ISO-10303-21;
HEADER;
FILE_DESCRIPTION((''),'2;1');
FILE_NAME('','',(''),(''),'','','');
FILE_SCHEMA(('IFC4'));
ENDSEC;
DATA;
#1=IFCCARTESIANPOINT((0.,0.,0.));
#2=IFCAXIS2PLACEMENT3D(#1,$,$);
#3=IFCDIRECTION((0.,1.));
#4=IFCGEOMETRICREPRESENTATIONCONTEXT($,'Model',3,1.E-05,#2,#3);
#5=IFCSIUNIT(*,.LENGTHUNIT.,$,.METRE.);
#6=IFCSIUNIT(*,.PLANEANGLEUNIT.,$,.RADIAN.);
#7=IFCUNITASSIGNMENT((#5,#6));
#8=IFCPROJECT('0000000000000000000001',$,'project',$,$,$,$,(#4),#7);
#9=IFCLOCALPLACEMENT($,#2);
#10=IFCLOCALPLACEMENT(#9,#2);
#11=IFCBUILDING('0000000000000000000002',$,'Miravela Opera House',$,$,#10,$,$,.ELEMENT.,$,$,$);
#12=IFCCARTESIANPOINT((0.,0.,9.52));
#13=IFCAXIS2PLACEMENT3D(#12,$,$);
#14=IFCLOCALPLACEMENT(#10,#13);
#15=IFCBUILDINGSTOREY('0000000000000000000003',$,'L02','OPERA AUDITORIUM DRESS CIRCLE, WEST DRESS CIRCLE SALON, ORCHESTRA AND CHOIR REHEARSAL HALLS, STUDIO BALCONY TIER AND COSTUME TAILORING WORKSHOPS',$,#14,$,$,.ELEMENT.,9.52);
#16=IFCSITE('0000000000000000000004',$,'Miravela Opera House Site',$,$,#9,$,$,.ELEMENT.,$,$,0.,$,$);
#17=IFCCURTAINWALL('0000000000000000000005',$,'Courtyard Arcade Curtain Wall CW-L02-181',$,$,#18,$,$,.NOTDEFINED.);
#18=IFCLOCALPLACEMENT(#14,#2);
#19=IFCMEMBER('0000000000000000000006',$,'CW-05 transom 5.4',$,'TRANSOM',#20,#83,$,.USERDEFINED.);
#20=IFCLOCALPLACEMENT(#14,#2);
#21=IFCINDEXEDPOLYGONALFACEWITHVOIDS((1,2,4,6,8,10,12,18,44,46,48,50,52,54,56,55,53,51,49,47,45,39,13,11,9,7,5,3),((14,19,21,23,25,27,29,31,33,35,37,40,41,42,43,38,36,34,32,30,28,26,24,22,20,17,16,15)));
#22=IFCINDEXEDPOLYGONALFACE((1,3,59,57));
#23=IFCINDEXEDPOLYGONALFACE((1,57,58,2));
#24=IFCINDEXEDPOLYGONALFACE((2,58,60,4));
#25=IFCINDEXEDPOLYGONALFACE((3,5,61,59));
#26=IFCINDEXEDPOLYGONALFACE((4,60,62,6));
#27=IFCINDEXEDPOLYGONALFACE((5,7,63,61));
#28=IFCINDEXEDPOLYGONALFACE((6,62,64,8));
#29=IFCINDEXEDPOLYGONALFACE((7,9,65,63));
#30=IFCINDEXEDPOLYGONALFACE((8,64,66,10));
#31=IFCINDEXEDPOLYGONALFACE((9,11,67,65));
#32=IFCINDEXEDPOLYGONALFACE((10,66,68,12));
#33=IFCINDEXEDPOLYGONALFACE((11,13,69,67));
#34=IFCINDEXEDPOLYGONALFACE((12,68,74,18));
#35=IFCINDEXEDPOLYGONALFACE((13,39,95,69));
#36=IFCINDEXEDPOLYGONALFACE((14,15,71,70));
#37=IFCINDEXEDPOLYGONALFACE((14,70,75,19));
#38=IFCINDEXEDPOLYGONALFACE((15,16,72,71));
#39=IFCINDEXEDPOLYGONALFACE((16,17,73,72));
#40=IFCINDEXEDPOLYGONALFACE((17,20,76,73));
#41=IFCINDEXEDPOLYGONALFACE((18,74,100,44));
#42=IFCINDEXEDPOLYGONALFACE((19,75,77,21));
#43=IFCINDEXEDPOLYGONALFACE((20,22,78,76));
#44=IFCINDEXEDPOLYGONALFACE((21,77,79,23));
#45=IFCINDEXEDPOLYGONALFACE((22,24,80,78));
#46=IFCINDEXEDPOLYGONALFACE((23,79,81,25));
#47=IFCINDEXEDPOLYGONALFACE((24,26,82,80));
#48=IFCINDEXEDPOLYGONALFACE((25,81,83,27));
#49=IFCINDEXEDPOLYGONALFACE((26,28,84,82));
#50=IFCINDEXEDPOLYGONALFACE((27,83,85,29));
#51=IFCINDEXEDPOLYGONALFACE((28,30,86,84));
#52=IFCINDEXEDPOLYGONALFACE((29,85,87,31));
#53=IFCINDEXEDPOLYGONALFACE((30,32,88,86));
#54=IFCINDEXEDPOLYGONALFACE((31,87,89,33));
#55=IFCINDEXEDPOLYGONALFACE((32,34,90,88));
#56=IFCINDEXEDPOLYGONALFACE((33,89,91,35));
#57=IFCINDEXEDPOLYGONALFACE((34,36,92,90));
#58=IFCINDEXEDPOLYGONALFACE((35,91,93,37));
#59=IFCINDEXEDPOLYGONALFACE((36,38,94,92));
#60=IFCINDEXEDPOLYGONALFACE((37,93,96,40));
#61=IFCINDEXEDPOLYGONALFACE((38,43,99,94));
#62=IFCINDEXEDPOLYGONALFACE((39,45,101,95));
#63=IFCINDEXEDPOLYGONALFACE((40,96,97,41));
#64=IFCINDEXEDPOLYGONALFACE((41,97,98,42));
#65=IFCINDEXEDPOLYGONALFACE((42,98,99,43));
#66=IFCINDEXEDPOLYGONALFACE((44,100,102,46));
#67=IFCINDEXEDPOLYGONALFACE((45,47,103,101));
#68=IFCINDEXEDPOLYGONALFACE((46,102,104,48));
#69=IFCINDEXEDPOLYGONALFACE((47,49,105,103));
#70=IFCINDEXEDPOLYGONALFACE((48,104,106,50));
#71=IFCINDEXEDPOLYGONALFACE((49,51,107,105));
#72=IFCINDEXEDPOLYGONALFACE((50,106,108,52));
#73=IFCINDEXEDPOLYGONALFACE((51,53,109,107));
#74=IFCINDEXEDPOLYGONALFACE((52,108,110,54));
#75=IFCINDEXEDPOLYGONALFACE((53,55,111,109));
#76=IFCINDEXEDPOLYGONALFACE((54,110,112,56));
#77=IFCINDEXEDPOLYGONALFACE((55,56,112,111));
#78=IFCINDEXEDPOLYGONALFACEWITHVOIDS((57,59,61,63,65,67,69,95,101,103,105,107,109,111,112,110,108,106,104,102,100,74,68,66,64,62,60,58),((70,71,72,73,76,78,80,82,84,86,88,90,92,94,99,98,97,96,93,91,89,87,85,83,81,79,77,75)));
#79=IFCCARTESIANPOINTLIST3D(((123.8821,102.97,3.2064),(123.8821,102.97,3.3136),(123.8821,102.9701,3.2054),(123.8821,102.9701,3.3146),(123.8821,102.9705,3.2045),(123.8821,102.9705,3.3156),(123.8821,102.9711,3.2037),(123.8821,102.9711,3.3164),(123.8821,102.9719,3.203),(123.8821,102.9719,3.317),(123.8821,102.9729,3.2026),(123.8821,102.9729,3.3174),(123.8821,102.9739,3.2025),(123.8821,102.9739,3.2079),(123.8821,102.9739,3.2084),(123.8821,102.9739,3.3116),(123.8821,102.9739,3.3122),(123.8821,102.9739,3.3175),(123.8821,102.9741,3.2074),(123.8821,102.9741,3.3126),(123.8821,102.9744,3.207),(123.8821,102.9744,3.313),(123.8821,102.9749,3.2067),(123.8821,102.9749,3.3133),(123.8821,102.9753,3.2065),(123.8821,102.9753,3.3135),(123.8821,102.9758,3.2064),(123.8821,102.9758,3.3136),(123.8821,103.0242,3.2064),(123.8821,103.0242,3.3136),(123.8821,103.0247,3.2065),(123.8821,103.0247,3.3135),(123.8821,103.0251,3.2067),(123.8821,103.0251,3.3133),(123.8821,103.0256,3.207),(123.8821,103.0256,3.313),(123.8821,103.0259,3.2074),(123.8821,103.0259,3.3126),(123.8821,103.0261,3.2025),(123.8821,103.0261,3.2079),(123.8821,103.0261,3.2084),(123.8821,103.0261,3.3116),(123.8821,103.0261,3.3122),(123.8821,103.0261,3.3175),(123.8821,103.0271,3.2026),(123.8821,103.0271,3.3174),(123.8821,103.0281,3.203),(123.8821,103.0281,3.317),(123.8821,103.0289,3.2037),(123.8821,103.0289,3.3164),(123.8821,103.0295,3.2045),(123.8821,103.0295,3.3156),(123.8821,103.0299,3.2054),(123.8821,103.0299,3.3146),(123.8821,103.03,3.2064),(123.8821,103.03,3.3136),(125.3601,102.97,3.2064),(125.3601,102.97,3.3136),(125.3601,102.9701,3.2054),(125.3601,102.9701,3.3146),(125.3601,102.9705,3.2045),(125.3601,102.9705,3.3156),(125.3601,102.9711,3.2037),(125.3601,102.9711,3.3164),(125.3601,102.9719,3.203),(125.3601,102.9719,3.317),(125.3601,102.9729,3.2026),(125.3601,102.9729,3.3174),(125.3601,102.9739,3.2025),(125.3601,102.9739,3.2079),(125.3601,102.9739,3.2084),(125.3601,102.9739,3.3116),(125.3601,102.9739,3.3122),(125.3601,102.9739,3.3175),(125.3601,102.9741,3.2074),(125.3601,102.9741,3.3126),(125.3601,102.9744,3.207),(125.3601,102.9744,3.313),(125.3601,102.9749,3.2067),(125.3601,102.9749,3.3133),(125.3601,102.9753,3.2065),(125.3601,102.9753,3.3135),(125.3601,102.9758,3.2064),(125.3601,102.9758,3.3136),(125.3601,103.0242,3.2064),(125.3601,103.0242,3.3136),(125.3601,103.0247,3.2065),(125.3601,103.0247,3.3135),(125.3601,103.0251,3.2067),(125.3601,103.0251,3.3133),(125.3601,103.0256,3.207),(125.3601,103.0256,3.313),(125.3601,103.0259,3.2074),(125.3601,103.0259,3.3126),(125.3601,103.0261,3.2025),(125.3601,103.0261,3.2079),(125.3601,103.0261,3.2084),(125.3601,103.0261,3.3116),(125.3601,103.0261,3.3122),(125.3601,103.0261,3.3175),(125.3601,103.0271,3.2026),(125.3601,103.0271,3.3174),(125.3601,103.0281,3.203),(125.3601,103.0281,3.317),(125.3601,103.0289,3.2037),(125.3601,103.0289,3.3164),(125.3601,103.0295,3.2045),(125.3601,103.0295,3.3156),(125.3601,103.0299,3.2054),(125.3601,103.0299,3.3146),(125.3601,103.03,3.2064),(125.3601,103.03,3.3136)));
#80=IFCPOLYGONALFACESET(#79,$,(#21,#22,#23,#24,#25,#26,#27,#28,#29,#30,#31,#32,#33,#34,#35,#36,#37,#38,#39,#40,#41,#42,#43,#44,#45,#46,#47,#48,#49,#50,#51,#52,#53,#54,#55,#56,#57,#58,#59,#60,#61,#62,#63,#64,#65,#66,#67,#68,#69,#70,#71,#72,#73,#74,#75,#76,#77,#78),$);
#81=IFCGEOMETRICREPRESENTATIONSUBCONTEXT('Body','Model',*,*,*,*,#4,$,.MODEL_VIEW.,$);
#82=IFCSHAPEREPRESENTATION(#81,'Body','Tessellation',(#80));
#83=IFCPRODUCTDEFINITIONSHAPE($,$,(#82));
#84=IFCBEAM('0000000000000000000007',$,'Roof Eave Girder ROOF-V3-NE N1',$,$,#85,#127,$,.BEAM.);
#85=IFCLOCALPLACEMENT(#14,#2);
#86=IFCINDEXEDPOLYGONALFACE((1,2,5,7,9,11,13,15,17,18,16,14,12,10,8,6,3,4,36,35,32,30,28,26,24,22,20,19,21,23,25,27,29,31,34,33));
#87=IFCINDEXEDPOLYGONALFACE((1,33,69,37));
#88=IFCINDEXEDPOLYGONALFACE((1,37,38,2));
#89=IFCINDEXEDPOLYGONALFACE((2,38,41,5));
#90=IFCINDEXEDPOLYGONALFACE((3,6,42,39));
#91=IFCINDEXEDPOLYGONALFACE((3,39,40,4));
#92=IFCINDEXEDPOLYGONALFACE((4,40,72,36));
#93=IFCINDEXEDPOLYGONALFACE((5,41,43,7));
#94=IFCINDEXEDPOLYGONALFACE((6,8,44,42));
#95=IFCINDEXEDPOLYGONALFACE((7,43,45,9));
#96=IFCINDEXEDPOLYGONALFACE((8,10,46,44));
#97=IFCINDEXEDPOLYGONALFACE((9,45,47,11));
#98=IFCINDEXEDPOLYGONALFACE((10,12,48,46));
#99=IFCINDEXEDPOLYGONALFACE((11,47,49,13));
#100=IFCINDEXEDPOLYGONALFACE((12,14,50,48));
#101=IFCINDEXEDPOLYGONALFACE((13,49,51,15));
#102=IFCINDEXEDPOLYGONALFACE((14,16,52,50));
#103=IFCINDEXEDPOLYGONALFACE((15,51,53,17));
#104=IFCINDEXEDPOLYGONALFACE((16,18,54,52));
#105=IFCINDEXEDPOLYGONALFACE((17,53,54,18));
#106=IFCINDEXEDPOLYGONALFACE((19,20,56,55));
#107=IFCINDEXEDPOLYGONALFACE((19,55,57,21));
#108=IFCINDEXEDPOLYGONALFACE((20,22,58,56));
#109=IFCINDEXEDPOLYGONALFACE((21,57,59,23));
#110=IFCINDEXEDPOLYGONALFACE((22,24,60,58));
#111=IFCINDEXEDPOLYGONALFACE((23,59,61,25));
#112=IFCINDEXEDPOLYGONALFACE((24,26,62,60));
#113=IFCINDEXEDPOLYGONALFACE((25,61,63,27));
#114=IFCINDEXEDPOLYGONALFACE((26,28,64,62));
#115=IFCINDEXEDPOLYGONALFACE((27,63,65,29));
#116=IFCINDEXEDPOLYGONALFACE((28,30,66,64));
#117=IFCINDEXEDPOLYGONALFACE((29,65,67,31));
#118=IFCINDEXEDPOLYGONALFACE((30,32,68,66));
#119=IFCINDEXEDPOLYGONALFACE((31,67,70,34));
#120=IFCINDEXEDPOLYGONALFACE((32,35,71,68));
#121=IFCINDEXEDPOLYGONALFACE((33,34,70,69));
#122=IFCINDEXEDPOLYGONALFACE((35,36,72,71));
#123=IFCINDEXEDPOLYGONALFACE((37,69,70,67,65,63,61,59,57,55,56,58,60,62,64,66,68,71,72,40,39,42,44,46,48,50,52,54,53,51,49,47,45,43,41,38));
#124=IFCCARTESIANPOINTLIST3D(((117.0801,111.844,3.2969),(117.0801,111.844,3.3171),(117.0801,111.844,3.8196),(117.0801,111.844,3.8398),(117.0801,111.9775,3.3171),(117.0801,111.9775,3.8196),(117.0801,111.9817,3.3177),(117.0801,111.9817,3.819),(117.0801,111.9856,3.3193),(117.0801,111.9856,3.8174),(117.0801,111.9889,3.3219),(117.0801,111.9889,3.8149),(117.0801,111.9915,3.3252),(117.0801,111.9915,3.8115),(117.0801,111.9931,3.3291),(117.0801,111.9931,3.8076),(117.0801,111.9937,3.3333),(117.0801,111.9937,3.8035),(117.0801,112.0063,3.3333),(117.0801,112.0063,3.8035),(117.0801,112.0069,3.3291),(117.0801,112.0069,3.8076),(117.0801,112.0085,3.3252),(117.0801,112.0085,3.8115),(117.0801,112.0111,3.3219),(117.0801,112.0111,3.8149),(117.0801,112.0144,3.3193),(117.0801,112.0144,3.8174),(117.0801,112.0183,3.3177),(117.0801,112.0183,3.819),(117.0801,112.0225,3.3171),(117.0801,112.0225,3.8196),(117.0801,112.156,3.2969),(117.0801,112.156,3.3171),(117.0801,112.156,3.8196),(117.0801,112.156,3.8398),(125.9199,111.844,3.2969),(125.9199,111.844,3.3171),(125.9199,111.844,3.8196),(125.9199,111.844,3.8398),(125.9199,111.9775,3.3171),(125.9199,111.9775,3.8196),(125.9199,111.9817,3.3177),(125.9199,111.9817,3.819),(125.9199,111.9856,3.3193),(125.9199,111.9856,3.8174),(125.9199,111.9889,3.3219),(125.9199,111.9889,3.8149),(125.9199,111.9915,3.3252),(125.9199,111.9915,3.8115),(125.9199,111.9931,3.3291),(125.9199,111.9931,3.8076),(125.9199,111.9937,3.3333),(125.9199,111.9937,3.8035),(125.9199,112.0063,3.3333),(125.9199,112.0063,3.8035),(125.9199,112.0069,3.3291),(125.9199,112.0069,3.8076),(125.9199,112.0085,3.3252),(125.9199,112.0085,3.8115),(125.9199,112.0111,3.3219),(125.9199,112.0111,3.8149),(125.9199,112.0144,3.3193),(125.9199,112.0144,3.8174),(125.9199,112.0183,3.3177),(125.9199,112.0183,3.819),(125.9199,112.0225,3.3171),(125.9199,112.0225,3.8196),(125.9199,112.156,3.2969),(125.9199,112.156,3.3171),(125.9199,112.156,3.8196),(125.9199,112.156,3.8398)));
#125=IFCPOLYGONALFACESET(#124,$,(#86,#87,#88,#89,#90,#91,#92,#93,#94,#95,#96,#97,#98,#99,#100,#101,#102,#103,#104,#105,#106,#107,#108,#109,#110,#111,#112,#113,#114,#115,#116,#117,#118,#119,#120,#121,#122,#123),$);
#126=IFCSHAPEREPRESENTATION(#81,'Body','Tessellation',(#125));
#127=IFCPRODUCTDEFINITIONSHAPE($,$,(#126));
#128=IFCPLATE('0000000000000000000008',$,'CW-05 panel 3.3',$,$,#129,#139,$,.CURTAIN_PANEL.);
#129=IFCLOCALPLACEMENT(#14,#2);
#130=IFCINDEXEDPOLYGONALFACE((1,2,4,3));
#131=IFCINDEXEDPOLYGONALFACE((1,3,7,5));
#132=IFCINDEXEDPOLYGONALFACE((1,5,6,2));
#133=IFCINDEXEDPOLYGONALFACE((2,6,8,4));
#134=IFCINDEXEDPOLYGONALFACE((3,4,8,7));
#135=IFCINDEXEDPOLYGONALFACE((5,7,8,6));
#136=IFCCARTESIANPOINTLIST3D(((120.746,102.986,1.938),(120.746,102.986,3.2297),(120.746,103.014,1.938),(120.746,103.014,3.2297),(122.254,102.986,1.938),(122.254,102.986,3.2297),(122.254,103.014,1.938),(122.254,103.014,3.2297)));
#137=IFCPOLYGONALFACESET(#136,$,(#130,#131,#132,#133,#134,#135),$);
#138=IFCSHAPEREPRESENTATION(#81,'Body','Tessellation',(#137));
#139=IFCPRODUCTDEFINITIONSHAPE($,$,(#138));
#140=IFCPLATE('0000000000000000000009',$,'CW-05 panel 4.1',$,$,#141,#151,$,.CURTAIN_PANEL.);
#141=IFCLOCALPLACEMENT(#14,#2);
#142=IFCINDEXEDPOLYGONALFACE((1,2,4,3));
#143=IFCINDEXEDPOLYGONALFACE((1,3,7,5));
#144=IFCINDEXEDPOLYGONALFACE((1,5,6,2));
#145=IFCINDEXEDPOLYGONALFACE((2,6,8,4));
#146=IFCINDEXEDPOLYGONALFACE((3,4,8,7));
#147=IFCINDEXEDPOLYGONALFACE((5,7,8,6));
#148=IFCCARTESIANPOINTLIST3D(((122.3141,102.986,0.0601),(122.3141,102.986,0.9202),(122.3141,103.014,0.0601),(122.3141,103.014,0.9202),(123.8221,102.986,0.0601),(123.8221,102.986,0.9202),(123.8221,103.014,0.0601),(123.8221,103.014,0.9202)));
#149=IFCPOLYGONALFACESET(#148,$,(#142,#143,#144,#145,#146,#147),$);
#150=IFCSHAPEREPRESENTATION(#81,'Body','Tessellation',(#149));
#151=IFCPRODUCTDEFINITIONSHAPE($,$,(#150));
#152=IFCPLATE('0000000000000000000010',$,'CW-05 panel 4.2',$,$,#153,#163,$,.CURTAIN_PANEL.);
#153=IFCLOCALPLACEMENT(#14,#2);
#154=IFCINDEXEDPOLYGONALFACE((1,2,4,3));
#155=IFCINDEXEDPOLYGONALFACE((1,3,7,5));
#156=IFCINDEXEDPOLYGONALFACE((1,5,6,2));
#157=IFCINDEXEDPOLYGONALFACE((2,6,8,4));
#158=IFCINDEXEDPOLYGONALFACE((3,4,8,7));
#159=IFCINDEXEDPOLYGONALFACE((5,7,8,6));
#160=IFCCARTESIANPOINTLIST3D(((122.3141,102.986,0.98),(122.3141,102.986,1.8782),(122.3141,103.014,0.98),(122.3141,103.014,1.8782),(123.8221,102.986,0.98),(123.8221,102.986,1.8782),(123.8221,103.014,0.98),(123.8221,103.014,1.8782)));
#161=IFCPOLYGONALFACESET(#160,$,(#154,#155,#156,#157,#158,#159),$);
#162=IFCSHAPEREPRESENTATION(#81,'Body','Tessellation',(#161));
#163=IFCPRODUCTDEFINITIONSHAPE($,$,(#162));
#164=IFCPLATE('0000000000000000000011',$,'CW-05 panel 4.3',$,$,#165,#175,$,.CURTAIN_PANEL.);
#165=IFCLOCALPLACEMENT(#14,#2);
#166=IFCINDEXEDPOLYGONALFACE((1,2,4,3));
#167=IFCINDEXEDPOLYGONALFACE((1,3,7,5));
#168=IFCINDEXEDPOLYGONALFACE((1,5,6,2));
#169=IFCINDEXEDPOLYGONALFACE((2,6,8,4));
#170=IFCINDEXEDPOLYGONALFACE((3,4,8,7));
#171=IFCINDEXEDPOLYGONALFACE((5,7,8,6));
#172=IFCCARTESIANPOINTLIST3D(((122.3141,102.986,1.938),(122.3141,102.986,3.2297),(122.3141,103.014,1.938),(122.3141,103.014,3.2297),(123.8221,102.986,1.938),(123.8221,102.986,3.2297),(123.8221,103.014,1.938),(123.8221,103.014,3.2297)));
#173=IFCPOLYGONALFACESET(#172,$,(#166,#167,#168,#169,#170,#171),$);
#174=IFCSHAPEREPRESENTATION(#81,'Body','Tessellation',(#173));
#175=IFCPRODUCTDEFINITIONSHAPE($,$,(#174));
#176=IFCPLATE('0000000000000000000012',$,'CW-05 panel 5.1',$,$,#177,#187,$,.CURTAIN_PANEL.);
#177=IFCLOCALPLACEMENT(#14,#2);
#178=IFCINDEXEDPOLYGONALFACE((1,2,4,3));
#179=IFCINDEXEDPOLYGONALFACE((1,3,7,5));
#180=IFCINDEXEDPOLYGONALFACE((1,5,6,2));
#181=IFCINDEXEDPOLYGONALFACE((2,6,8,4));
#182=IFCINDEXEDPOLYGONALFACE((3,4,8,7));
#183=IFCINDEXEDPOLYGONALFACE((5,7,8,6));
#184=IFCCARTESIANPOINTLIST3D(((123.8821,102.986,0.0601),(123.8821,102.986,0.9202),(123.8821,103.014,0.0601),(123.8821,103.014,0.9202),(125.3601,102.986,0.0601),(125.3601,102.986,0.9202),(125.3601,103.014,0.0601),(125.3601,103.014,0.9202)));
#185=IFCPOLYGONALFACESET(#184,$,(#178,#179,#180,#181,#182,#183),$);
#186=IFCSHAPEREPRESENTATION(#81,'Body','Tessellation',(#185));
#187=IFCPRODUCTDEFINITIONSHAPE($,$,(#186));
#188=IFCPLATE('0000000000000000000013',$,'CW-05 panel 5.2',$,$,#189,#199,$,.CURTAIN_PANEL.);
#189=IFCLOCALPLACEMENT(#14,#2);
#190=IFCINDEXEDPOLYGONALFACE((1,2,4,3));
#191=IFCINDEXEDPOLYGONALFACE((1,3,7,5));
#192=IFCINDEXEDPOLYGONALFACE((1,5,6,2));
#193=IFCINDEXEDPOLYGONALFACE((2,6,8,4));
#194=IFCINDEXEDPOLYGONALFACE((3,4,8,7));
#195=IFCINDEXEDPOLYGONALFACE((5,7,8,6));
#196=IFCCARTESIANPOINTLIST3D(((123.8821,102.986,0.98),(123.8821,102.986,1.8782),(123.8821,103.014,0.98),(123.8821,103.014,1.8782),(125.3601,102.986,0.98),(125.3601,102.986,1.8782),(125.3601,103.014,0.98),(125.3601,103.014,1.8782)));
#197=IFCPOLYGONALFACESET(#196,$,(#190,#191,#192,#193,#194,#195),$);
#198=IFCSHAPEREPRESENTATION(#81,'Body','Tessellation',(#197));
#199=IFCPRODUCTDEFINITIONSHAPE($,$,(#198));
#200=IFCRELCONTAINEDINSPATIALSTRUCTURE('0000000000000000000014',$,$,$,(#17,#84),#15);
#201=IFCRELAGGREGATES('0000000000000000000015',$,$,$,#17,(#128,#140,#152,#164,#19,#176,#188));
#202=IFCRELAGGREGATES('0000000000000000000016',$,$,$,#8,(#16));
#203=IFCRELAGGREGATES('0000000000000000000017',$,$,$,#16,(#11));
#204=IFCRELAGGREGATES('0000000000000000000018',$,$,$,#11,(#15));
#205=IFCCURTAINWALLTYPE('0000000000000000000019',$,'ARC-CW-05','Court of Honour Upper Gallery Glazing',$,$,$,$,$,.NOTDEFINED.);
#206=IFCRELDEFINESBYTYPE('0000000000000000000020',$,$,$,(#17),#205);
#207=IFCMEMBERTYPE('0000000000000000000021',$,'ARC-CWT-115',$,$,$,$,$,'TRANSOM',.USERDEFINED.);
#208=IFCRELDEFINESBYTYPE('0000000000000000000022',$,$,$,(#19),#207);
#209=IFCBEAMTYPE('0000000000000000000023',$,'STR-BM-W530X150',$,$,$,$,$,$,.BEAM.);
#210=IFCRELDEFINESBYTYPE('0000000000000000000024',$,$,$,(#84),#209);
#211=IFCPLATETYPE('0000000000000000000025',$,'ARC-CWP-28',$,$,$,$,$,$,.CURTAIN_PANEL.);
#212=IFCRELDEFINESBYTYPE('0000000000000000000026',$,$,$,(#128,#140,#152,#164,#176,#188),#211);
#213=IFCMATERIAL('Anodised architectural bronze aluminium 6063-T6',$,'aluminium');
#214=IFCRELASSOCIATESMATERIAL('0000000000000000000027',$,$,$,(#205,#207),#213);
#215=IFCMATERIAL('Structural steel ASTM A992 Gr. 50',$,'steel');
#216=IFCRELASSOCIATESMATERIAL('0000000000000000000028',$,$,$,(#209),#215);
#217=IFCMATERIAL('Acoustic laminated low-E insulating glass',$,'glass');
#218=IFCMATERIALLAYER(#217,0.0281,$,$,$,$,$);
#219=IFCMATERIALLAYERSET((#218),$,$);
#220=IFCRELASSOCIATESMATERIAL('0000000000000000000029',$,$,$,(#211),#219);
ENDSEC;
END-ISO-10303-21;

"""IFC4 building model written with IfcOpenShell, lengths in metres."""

from ifc_helpers import new_model, si_unit, direction, frame, origin, origin_2d, place, context, subcontext, project, spatial, rectangle, hollow_rectangle, i_section, extrude, material, layer, layer_set, material_profile, profile_set, type_object, element, aggregate, save


model = new_model("IFC4")

# Units and contexts
model_context = context("Model", 3, precision=1e-05, world=origin(), true_north=direction((0.0, 1.0)))
body_context = subcontext(model_context, "Body", "Model", "MODEL_VIEW")
ifc_project = project(units=[si_unit("LENGTHUNIT", "METRE"), si_unit("PLANEANGLEUNIT", "RADIAN")], contexts=[model_context])

# Site, building, storey
site_placement = place(None, origin())
site = spatial("IfcSite", under=ifc_project, at=site_placement, Name="Miravela Opera House Site", CompositionType="ELEMENT", RefElevation=0.0)
building_placement = place(site_placement, origin())
building = spatial("IfcBuilding", under=site, at=building_placement, Name="Miravela Opera House", CompositionType="ELEMENT")
storey_placement = place(building_placement, frame((0.0, 0.0, 9.52)))
storey = spatial("IfcBuildingStorey", under=building, at=storey_placement, Name="L02", Description="OPERA AUDITORIUM DRESS CIRCLE, WEST DRESS CIRCLE SALON, ORCHESTRA AND CHOIR REHEARSAL HALLS, STUDIO BALCONY TIER AND COSTUME TAILORING WORKSHOPS", CompositionType="ELEMENT", Elevation=9.52)

# Curtain wall, member
ifc_material_1 = material(Name="Anodised architectural bronze aluminium 6063-T6", Category="aluminium")
curtain_wall_type = type_object("IfcCurtainWallType", Name="ARC-CW-05", Description="Court of Honour Upper Gallery Glazing", PredefinedType="NOTDEFINED", material=ifc_material_1)
curtain_wall_placement = place(storey_placement, origin())
curtain_wall = element("IfcCurtainWall", 1, at=curtain_wall_placement, inside=storey, type_object=curtain_wall_type, Name="Courtyard Arcade Curtain Wall CW-L02-181", PredefinedType="NOTDEFINED")
ifc_material_profile_1 = material_profile(ifc_material_1, hollow_rectangle(XDim=0.0601, YDim=0.115, WallThickness=0.0039, InnerFilletRadius=0.002, OuterFilletRadius=0.0039, at=origin_2d()), Name="CWT-60X115")
ifc_profile_set_1 = profile_set([ifc_material_profile_1])
member_type_1 = type_object("IfcMemberType", Name="ARC-CWT-115", ElementType="TRANSOM", PredefinedType="USERDEFINED", material=ifc_profile_set_1)
member_1_placement = place(storey_placement, frame((123.8821, 103.0, 3.26), z_axis=(1.0, 0.0, 0.0), x_axis=(0.0, 1.0, 0.0)))
member_1 = element("IfcMember", 2, at=member_1_placement, type_object=member_type_1, Name="CW-05 transom 5.4", ObjectType="TRANSOM", PredefinedType="USERDEFINED", context=body_context, shape_type="SweptSolid", body=[
    extrude(hollow_rectangle(XDim=0.0601, YDim=0.115, WallThickness=0.0039, InnerFilletRadius=0.002, OuterFilletRadius=0.0039, at=origin_2d()), origin(), (0.0, 0.0, 1.0), 1.478),
])

# Beam
ifc_material_2 = material(Name="Structural steel ASTM A992 Gr. 50", Category="steel")
ifc_material_profile_2 = material_profile(ifc_material_2, i_section(OverallWidth=0.312, OverallDepth=0.543, WebThickness=0.0127, FlangeThickness=0.0203, FilletRadius=0.0161, at=origin_2d()), Name="W530X150")
ifc_profile_set_2 = profile_set([ifc_material_profile_2])
beam_type = type_object("IfcBeamType", Name="STR-BM-W530X150", PredefinedType="BEAM", material=ifc_profile_set_2)
beam_placement = place(storey_placement, frame((117.0801, 112.0, 3.5684), z_axis=(1.0, 0.0, 0.0), x_axis=(0.0, 1.0, 0.0)))
element("IfcBeam", 3, at=beam_placement, inside=storey, type_object=beam_type, Name="Roof Eave Girder ROOF-V3-NE N1", PredefinedType="BEAM", context=body_context, shape_type="SweptSolid", body=[
    extrude(i_section(OverallWidth=0.312, OverallDepth=0.543, WebThickness=0.0127, FlangeThickness=0.0203, FilletRadius=0.0161, at=origin_2d()), origin(), (0.0, 0.0, 1.0), 8.8398),
])

# Plates
ifc_material_3 = material(Name="Acoustic laminated low-E insulating glass", Category="glass")
ifc_layer_1 = layer(ifc_material_3, 0.0281)
ifc_layer_set_1 = layer_set([ifc_layer_1])
plate_type = type_object("IfcPlateType", Name="ARC-CWP-28", PredefinedType="CURTAIN_PANEL", material=ifc_layer_set_1)
plate_1_placement = place(storey_placement, frame((121.5, 103.0, 1.938), z_axis=(0.0, 0.0, 1.0), x_axis=(1.0, 0.0, 0.0)))
plate_1 = element("IfcPlate", 4, at=plate_1_placement, type_object=plate_type, Name="CW-05 panel 3.3", PredefinedType="CURTAIN_PANEL", context=body_context, shape_type="SweptSolid", body=[
    extrude(rectangle(XDim=1.5081, YDim=0.0281, at=origin_2d()), origin(), (0.0, 0.0, 1.0), 1.2917),
])
plate_2_placement = place(storey_placement, frame((123.0681, 103.0, 0.0601), z_axis=(0.0, 0.0, 1.0), x_axis=(1.0, 0.0, 0.0)))
plate_2 = element("IfcPlate", 5, at=plate_2_placement, type_object=plate_type, Name="CW-05 panel 4.1", PredefinedType="CURTAIN_PANEL", context=body_context, shape_type="SweptSolid", body=[
    extrude(rectangle(XDim=1.5081, YDim=0.0281, at=origin_2d()), origin(), (0.0, 0.0, 1.0), 0.8601),
])
plate_3_placement = place(storey_placement, frame((123.0681, 103.0, 0.98), z_axis=(0.0, 0.0, 1.0), x_axis=(1.0, 0.0, 0.0)))
plate_3 = element("IfcPlate", 6, at=plate_3_placement, type_object=plate_type, Name="CW-05 panel 4.2", PredefinedType="CURTAIN_PANEL", context=body_context, shape_type="SweptSolid", body=[
    extrude(rectangle(XDim=1.5081, YDim=0.0281, at=origin_2d()), origin(), (0.0, 0.0, 1.0), 0.8982),
])
plate_4_placement = place(storey_placement, frame((123.0681, 103.0, 1.938), z_axis=(0.0, 0.0, 1.0), x_axis=(1.0, 0.0, 0.0)))
plate_4 = element("IfcPlate", 7, at=plate_4_placement, type_object=plate_type, Name="CW-05 panel 4.3", PredefinedType="CURTAIN_PANEL", context=body_context, shape_type="SweptSolid", body=[
    extrude(rectangle(XDim=1.5081, YDim=0.0281, at=origin_2d()), origin(), (0.0, 0.0, 1.0), 1.2917),
])
plate_5_placement = place(storey_placement, frame((124.6211, 103.0, 0.0601), z_axis=(0.0, 0.0, 1.0), x_axis=(1.0, 0.0, 0.0)))
plate_5 = element("IfcPlate", 8, at=plate_5_placement, type_object=plate_type, Name="CW-05 panel 5.1", PredefinedType="CURTAIN_PANEL", context=body_context, shape_type="SweptSolid", body=[
    extrude(rectangle(XDim=1.478, YDim=0.0281, at=origin_2d()), origin(), (0.0, 0.0, 1.0), 0.8601),
])
plate_6_placement = place(storey_placement, frame((124.6211, 103.0, 0.98), z_axis=(0.0, 0.0, 1.0), x_axis=(1.0, 0.0, 0.0)))
plate_6 = element("IfcPlate", 9, at=plate_6_placement, type_object=plate_type, Name="CW-05 panel 5.2", PredefinedType="CURTAIN_PANEL", context=body_context, shape_type="SweptSolid", body=[
    extrude(rectangle(XDim=1.478, YDim=0.0281, at=origin_2d()), origin(), (0.0, 0.0, 1.0), 0.8982),
])
aggregate(curtain_wall, [plate_1, plate_2, plate_3, plate_4, member_1, plate_5, plate_6])

save(model, "model.ifc")
